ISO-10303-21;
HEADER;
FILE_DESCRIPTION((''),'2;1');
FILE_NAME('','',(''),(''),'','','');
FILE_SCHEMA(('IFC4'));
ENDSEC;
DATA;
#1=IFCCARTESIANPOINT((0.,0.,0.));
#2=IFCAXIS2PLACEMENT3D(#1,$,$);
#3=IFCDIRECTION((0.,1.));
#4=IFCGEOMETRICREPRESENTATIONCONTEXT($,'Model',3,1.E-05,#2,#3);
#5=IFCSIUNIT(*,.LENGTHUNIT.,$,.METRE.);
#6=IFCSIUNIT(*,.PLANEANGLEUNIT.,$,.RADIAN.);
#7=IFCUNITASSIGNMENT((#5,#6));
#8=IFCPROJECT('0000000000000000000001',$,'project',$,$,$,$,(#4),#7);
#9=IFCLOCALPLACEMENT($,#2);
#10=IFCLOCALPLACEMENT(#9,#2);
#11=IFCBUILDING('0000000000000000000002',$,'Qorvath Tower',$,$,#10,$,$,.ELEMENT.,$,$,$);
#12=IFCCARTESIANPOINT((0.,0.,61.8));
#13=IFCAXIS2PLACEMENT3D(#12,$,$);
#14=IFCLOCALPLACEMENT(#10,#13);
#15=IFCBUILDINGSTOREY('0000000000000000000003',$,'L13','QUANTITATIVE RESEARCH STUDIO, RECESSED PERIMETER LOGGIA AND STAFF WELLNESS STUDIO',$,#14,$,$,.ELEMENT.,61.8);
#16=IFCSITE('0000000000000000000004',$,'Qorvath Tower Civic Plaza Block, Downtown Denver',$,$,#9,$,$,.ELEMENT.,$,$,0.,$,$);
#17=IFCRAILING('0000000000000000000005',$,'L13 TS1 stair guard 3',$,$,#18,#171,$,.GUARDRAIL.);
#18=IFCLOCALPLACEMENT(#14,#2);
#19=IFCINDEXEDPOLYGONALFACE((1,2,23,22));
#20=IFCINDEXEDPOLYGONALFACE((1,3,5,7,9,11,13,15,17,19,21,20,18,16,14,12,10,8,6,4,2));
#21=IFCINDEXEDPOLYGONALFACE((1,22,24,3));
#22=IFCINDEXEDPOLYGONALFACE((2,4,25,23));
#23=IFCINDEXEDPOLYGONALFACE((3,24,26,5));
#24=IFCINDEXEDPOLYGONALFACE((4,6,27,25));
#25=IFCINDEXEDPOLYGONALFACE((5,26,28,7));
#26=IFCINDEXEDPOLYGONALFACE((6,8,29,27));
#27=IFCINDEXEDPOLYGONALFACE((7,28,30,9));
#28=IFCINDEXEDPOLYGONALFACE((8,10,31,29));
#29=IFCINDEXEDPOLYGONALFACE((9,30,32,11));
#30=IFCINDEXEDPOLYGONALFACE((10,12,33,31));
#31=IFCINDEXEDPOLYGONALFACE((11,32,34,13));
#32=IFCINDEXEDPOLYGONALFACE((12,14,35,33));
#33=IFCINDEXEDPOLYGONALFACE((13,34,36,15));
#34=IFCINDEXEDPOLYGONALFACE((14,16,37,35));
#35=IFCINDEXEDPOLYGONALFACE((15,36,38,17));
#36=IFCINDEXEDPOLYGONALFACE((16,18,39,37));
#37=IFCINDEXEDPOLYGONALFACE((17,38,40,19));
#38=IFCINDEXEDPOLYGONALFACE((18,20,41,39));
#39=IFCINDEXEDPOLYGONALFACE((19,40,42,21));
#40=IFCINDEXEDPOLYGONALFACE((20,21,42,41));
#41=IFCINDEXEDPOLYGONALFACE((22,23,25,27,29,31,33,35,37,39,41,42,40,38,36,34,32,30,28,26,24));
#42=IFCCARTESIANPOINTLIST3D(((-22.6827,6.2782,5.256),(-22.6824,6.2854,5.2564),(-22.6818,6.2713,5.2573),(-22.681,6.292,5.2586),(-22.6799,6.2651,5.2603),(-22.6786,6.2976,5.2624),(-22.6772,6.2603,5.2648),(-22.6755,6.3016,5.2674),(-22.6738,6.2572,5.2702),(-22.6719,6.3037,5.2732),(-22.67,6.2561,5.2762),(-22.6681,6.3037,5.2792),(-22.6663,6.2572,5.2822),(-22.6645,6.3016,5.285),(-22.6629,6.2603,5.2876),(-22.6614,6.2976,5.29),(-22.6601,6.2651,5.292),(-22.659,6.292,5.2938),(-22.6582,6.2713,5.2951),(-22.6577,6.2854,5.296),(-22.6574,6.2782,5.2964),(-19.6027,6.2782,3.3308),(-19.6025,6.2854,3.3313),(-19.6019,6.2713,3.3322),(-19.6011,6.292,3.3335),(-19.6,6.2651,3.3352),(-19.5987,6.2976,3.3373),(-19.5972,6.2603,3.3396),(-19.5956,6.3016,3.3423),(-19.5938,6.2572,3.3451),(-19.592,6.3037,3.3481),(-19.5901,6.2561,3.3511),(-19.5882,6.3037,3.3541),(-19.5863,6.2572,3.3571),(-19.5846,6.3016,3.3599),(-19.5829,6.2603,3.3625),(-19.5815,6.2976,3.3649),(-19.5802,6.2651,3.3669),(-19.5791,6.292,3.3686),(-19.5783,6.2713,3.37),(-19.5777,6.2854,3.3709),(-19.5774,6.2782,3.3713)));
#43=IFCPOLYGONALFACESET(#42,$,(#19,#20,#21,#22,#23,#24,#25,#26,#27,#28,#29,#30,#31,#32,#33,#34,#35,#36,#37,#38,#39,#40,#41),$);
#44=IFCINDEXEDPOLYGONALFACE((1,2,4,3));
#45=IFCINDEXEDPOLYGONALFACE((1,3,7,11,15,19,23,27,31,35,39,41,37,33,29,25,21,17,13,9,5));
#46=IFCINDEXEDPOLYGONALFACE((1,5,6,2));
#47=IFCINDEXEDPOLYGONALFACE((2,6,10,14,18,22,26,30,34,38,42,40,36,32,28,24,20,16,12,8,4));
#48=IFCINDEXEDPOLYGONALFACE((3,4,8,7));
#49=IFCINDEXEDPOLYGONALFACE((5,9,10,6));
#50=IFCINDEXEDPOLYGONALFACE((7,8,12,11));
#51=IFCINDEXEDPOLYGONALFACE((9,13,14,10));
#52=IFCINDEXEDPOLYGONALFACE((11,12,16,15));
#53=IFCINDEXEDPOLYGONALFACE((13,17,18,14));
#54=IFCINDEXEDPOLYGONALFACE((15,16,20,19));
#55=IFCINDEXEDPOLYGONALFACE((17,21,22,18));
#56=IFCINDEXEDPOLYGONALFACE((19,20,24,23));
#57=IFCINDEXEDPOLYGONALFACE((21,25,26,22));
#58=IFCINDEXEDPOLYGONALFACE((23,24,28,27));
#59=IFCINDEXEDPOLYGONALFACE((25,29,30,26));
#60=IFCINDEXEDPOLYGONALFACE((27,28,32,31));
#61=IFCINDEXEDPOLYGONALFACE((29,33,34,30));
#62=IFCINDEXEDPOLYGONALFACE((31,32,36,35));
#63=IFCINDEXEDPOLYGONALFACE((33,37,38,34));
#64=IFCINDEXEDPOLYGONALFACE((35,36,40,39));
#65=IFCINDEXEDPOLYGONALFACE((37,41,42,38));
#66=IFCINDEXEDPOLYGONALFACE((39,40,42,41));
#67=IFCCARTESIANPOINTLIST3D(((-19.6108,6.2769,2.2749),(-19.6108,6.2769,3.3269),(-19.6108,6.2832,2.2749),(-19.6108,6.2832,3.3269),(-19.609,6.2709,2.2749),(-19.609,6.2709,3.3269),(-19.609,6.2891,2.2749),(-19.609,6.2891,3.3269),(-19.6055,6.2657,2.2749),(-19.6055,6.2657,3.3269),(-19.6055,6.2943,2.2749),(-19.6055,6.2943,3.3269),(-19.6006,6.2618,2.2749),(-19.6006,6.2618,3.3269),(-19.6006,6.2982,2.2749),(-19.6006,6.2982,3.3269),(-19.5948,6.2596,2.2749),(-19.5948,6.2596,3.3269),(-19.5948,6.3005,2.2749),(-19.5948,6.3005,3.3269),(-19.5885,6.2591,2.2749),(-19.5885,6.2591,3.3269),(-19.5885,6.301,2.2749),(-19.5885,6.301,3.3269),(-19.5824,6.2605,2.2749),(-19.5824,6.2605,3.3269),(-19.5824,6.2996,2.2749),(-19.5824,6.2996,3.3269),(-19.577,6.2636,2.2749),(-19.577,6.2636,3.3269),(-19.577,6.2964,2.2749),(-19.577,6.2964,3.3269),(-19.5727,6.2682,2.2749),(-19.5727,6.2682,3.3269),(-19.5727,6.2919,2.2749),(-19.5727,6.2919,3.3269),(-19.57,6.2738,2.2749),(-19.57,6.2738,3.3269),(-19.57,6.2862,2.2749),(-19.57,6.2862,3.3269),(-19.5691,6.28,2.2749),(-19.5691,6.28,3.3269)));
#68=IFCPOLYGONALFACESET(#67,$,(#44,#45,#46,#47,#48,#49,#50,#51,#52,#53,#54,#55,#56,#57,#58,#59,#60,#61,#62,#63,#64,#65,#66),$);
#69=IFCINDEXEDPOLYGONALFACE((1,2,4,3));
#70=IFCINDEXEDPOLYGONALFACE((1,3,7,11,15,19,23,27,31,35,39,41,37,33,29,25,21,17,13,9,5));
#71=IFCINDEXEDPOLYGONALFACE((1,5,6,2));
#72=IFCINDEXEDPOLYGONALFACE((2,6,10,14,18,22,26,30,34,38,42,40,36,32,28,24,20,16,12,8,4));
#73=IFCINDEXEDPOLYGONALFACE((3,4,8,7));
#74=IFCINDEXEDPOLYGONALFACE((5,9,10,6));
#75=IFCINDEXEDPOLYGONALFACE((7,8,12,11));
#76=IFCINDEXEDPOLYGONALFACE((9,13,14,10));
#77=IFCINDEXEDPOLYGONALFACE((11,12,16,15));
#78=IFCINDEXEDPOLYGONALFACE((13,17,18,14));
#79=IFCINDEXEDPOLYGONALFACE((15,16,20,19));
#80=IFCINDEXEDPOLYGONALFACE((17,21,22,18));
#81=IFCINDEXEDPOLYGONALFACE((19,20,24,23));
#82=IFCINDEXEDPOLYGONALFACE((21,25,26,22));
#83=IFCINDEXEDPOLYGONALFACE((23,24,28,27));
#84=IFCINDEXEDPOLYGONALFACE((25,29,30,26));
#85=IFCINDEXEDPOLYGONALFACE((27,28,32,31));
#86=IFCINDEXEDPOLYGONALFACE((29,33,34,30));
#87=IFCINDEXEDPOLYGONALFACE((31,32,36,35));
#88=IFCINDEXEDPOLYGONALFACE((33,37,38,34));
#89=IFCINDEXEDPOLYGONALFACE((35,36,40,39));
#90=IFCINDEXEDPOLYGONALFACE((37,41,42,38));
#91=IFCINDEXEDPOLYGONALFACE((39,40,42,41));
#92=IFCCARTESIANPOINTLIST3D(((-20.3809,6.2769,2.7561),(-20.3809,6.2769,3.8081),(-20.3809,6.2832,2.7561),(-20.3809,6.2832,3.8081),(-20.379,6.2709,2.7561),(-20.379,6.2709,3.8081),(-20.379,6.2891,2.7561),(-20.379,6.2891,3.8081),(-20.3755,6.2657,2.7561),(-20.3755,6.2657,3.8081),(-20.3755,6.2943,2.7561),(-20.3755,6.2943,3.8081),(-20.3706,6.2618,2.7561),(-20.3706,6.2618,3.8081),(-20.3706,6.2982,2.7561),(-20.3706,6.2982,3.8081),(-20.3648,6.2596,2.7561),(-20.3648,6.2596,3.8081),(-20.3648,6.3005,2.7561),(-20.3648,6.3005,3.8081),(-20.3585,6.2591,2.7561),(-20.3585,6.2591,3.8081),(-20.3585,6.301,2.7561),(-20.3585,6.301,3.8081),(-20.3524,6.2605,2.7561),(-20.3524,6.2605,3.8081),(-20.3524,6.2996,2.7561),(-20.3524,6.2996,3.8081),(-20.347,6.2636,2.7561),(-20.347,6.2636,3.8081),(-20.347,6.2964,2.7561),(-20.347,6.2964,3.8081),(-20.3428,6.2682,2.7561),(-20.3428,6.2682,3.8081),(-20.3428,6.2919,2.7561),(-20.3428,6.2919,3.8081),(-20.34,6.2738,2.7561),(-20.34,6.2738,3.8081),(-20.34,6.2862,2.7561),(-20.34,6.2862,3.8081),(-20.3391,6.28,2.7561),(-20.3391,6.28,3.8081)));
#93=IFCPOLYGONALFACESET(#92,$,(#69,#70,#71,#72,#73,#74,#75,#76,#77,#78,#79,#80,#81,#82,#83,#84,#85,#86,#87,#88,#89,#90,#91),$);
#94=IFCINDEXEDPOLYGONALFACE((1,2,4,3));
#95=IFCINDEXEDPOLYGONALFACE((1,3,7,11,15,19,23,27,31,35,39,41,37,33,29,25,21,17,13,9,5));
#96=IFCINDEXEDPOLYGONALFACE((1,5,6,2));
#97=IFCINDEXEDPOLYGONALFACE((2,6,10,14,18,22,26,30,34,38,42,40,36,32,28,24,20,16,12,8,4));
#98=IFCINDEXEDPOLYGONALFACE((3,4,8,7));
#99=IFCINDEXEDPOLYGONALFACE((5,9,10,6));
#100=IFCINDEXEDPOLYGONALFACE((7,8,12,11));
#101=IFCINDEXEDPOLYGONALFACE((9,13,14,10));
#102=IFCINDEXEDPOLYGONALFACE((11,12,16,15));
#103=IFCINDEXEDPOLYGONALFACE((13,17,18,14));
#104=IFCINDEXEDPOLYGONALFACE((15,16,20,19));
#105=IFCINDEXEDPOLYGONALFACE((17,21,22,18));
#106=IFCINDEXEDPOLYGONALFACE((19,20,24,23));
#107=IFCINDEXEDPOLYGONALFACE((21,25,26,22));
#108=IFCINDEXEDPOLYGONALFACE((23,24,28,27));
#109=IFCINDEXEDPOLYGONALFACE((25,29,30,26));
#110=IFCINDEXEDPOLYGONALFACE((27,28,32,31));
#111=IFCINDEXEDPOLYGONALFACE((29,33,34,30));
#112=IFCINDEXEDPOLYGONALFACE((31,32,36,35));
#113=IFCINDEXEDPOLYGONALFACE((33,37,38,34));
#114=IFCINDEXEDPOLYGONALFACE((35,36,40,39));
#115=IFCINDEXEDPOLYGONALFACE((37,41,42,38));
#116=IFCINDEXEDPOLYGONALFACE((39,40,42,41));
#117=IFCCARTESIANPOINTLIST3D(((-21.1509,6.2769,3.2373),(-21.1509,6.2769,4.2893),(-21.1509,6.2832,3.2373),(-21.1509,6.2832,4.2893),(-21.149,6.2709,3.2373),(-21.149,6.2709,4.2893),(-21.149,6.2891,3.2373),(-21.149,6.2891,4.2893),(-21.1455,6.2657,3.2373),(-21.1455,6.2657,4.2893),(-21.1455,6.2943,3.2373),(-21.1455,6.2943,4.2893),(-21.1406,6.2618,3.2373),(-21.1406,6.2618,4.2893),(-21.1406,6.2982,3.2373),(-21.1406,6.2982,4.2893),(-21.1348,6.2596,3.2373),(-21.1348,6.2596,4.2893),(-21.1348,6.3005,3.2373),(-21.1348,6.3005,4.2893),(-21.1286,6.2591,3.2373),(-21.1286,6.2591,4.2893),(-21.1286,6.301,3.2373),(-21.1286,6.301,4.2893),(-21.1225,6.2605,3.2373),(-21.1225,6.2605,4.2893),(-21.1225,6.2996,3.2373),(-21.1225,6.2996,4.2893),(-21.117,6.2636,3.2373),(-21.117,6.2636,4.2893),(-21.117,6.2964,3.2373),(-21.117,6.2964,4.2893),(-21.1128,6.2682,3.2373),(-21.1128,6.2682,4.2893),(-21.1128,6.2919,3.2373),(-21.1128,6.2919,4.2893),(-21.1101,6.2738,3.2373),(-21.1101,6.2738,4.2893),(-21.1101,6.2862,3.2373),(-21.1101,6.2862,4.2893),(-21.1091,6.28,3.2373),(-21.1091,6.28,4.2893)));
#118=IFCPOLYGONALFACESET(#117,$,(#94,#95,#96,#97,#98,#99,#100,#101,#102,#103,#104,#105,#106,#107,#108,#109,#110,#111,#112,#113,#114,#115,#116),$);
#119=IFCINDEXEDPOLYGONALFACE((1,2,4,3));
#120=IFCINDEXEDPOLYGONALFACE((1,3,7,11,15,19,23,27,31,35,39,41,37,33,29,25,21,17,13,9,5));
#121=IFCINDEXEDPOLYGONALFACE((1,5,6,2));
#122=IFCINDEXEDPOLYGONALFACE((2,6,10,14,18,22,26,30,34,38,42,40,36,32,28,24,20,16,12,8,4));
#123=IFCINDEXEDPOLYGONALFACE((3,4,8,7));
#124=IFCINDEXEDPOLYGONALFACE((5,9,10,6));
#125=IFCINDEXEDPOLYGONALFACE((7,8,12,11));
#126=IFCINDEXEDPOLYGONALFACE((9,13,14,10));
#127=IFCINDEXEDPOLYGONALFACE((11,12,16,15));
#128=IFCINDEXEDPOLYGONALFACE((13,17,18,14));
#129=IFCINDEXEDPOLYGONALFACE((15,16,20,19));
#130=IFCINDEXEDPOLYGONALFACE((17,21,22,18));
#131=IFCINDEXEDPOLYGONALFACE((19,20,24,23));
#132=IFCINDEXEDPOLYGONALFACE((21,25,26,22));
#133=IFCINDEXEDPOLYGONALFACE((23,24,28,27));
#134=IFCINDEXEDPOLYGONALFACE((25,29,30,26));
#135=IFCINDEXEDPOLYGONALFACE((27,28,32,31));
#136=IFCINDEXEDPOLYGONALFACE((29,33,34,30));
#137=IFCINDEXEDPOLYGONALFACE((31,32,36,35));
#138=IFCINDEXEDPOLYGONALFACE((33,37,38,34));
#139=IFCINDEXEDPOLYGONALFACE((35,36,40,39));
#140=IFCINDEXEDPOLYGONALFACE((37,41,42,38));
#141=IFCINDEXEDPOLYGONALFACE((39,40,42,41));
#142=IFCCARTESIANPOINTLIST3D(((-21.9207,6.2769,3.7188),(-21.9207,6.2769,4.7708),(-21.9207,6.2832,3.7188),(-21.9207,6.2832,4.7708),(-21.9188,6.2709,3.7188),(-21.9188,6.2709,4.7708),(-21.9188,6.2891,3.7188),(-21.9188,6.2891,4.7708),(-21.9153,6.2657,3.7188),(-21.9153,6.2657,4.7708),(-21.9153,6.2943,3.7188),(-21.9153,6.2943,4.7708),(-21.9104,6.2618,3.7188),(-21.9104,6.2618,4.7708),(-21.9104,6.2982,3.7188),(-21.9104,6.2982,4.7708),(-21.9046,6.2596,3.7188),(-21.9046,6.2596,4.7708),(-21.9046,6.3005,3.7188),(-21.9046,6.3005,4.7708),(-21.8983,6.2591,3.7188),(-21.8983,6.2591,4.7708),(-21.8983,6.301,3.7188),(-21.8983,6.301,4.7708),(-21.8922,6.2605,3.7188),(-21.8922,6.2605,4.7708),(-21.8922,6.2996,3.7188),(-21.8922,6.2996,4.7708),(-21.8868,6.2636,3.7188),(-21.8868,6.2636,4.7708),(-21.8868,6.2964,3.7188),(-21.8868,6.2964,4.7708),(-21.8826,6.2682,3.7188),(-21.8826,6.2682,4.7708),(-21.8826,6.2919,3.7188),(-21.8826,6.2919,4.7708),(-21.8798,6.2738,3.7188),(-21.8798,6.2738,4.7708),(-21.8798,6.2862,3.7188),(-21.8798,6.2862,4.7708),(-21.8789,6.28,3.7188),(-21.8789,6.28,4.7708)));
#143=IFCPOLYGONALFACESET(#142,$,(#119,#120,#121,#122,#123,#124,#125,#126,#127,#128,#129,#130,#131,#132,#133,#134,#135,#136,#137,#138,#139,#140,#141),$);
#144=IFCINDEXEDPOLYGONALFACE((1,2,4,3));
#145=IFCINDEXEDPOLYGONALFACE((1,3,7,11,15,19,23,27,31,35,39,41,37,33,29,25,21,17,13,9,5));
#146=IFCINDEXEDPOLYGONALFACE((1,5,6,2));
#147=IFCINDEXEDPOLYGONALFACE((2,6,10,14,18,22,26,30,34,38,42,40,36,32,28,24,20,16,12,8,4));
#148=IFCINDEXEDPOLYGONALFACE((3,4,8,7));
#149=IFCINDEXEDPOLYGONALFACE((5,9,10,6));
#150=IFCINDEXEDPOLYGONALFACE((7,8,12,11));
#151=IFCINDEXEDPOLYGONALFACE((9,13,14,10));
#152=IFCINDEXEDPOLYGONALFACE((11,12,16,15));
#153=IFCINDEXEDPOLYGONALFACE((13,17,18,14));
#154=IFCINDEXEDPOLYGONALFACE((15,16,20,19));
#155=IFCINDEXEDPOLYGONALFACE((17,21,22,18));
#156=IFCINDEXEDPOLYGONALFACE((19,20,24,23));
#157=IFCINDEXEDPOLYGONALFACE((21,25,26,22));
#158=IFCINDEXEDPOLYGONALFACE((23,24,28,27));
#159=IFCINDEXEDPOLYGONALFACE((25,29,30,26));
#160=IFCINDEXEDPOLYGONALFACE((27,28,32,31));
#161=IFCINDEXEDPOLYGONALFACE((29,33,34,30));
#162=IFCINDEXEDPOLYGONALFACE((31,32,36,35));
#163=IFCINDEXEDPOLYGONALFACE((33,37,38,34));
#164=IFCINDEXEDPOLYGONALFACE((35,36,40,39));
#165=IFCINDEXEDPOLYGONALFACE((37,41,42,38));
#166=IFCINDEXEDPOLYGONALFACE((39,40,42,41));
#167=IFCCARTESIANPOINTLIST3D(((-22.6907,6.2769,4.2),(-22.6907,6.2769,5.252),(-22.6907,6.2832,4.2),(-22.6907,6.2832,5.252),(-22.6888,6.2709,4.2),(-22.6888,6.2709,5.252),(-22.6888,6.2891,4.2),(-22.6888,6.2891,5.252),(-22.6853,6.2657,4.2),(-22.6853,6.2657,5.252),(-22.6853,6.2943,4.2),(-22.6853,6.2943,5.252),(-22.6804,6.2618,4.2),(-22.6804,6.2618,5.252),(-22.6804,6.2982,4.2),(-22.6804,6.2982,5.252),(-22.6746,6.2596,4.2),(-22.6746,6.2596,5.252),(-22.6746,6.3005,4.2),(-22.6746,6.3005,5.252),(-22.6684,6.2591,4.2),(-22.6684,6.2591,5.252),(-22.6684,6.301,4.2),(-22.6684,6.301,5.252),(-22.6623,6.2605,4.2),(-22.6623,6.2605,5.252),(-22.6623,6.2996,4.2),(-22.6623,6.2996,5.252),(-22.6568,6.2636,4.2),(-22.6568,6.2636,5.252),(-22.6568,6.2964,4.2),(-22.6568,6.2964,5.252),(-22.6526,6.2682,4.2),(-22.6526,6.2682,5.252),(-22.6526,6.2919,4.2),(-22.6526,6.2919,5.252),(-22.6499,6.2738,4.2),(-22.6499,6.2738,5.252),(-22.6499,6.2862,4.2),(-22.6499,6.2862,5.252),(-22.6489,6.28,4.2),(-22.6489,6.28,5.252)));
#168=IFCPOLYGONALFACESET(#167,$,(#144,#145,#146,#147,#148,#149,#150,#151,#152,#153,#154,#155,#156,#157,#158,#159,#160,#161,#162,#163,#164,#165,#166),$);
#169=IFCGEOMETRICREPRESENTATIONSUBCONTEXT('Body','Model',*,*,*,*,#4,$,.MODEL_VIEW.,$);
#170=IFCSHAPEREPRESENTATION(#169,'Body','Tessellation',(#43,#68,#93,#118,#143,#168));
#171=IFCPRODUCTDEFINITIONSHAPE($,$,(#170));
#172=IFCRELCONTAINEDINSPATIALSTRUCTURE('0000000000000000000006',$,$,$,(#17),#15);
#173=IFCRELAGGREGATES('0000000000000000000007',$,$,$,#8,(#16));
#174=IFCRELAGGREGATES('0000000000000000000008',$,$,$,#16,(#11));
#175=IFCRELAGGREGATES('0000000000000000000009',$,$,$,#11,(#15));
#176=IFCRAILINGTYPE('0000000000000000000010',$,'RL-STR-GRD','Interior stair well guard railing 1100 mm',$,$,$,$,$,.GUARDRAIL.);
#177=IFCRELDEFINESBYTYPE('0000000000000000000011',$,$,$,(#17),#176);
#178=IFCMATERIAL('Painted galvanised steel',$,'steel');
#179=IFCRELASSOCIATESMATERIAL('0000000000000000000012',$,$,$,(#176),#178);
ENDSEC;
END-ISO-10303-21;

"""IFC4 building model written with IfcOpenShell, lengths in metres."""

from ifc_helpers import new_model, si_unit, direction, frame, origin, origin_2d, place, context, subcontext, project, spatial, circle, extrude, material, type_object, element, save


model = new_model("IFC4")

# Units and contexts
model_context = context("Model", 3, precision=1e-05, world=origin(), true_north=direction((0.0, 1.0)))
body_context = subcontext(model_context, "Body", "Model", "MODEL_VIEW")
ifc_project = project(units=[si_unit("LENGTHUNIT", "METRE"), si_unit("PLANEANGLEUNIT", "RADIAN")], contexts=[model_context])

# Site, building, storey
site_placement = place(None, origin())
site = spatial("IfcSite", under=ifc_project, at=site_placement, Name="Qorvath Tower Civic Plaza Block, Downtown Denver", CompositionType="ELEMENT", RefElevation=0.0)
building_placement = place(site_placement, origin())
building = spatial("IfcBuilding", under=site, at=building_placement, Name="Qorvath Tower", CompositionType="ELEMENT")
storey_placement = place(building_placement, frame((0.0, 0.0, 61.8)))
storey = spatial("IfcBuildingStorey", under=building, at=storey_placement, Name="L13", Description="QUANTITATIVE RESEARCH STUDIO, RECESSED PERIMETER LOGGIA AND STAFF WELLNESS STUDIO", CompositionType="ELEMENT", Elevation=61.8)

# Railing
ifc_material_1 = material(Name="Painted galvanised steel", Category="steel")
railing_type_1 = type_object("IfcRailingType", Name="RL-STR-GRD", Description="Interior stair well guard railing 1100 mm", PredefinedType="GUARDRAIL", material=ifc_material_1)
railing_1_placement = place(storey_placement, frame((-19.5901, 6.28, 2.2749)))
element("IfcRailing", 1, at=railing_1_placement, inside=storey, type_object=railing_type_1, Name="L13 TS1 stair guard 3", PredefinedType="GUARDRAIL", context=body_context, shape_type="SweptSolid", body=[
    extrude(circle(Radius=0.0239, at=origin_2d()), frame((0.0, 0.0, 1.0762), z_axis=(-0.847979, 0.0, 0.530029), x_axis=(0.0, -1.0, 0.0)), (0.0, 0.0, 1.0), 3.6321),
    extrude(circle(Radius=0.021, at=origin_2d()), origin(), (0.0, 0.0, 1.0), 1.052),
    extrude(circle(Radius=0.021, at=origin_2d()), frame((-0.77, 0.0, 0.4812)), (0.0, 0.0, 1.0), 1.052),
    extrude(circle(Radius=0.021, at=origin_2d()), frame((-1.54, 0.0, 0.9624)), (0.0, 0.0, 1.0), 1.052),
    extrude(circle(Radius=0.021, at=origin_2d()), frame((-2.3098, 0.0, 1.4438)), (0.0, 0.0, 1.0), 1.052),
    extrude(circle(Radius=0.021, at=origin_2d()), frame((-3.0798, 0.0, 1.925)), (0.0, 0.0, 1.0), 1.052),
])

save(model, "model.ifc")
